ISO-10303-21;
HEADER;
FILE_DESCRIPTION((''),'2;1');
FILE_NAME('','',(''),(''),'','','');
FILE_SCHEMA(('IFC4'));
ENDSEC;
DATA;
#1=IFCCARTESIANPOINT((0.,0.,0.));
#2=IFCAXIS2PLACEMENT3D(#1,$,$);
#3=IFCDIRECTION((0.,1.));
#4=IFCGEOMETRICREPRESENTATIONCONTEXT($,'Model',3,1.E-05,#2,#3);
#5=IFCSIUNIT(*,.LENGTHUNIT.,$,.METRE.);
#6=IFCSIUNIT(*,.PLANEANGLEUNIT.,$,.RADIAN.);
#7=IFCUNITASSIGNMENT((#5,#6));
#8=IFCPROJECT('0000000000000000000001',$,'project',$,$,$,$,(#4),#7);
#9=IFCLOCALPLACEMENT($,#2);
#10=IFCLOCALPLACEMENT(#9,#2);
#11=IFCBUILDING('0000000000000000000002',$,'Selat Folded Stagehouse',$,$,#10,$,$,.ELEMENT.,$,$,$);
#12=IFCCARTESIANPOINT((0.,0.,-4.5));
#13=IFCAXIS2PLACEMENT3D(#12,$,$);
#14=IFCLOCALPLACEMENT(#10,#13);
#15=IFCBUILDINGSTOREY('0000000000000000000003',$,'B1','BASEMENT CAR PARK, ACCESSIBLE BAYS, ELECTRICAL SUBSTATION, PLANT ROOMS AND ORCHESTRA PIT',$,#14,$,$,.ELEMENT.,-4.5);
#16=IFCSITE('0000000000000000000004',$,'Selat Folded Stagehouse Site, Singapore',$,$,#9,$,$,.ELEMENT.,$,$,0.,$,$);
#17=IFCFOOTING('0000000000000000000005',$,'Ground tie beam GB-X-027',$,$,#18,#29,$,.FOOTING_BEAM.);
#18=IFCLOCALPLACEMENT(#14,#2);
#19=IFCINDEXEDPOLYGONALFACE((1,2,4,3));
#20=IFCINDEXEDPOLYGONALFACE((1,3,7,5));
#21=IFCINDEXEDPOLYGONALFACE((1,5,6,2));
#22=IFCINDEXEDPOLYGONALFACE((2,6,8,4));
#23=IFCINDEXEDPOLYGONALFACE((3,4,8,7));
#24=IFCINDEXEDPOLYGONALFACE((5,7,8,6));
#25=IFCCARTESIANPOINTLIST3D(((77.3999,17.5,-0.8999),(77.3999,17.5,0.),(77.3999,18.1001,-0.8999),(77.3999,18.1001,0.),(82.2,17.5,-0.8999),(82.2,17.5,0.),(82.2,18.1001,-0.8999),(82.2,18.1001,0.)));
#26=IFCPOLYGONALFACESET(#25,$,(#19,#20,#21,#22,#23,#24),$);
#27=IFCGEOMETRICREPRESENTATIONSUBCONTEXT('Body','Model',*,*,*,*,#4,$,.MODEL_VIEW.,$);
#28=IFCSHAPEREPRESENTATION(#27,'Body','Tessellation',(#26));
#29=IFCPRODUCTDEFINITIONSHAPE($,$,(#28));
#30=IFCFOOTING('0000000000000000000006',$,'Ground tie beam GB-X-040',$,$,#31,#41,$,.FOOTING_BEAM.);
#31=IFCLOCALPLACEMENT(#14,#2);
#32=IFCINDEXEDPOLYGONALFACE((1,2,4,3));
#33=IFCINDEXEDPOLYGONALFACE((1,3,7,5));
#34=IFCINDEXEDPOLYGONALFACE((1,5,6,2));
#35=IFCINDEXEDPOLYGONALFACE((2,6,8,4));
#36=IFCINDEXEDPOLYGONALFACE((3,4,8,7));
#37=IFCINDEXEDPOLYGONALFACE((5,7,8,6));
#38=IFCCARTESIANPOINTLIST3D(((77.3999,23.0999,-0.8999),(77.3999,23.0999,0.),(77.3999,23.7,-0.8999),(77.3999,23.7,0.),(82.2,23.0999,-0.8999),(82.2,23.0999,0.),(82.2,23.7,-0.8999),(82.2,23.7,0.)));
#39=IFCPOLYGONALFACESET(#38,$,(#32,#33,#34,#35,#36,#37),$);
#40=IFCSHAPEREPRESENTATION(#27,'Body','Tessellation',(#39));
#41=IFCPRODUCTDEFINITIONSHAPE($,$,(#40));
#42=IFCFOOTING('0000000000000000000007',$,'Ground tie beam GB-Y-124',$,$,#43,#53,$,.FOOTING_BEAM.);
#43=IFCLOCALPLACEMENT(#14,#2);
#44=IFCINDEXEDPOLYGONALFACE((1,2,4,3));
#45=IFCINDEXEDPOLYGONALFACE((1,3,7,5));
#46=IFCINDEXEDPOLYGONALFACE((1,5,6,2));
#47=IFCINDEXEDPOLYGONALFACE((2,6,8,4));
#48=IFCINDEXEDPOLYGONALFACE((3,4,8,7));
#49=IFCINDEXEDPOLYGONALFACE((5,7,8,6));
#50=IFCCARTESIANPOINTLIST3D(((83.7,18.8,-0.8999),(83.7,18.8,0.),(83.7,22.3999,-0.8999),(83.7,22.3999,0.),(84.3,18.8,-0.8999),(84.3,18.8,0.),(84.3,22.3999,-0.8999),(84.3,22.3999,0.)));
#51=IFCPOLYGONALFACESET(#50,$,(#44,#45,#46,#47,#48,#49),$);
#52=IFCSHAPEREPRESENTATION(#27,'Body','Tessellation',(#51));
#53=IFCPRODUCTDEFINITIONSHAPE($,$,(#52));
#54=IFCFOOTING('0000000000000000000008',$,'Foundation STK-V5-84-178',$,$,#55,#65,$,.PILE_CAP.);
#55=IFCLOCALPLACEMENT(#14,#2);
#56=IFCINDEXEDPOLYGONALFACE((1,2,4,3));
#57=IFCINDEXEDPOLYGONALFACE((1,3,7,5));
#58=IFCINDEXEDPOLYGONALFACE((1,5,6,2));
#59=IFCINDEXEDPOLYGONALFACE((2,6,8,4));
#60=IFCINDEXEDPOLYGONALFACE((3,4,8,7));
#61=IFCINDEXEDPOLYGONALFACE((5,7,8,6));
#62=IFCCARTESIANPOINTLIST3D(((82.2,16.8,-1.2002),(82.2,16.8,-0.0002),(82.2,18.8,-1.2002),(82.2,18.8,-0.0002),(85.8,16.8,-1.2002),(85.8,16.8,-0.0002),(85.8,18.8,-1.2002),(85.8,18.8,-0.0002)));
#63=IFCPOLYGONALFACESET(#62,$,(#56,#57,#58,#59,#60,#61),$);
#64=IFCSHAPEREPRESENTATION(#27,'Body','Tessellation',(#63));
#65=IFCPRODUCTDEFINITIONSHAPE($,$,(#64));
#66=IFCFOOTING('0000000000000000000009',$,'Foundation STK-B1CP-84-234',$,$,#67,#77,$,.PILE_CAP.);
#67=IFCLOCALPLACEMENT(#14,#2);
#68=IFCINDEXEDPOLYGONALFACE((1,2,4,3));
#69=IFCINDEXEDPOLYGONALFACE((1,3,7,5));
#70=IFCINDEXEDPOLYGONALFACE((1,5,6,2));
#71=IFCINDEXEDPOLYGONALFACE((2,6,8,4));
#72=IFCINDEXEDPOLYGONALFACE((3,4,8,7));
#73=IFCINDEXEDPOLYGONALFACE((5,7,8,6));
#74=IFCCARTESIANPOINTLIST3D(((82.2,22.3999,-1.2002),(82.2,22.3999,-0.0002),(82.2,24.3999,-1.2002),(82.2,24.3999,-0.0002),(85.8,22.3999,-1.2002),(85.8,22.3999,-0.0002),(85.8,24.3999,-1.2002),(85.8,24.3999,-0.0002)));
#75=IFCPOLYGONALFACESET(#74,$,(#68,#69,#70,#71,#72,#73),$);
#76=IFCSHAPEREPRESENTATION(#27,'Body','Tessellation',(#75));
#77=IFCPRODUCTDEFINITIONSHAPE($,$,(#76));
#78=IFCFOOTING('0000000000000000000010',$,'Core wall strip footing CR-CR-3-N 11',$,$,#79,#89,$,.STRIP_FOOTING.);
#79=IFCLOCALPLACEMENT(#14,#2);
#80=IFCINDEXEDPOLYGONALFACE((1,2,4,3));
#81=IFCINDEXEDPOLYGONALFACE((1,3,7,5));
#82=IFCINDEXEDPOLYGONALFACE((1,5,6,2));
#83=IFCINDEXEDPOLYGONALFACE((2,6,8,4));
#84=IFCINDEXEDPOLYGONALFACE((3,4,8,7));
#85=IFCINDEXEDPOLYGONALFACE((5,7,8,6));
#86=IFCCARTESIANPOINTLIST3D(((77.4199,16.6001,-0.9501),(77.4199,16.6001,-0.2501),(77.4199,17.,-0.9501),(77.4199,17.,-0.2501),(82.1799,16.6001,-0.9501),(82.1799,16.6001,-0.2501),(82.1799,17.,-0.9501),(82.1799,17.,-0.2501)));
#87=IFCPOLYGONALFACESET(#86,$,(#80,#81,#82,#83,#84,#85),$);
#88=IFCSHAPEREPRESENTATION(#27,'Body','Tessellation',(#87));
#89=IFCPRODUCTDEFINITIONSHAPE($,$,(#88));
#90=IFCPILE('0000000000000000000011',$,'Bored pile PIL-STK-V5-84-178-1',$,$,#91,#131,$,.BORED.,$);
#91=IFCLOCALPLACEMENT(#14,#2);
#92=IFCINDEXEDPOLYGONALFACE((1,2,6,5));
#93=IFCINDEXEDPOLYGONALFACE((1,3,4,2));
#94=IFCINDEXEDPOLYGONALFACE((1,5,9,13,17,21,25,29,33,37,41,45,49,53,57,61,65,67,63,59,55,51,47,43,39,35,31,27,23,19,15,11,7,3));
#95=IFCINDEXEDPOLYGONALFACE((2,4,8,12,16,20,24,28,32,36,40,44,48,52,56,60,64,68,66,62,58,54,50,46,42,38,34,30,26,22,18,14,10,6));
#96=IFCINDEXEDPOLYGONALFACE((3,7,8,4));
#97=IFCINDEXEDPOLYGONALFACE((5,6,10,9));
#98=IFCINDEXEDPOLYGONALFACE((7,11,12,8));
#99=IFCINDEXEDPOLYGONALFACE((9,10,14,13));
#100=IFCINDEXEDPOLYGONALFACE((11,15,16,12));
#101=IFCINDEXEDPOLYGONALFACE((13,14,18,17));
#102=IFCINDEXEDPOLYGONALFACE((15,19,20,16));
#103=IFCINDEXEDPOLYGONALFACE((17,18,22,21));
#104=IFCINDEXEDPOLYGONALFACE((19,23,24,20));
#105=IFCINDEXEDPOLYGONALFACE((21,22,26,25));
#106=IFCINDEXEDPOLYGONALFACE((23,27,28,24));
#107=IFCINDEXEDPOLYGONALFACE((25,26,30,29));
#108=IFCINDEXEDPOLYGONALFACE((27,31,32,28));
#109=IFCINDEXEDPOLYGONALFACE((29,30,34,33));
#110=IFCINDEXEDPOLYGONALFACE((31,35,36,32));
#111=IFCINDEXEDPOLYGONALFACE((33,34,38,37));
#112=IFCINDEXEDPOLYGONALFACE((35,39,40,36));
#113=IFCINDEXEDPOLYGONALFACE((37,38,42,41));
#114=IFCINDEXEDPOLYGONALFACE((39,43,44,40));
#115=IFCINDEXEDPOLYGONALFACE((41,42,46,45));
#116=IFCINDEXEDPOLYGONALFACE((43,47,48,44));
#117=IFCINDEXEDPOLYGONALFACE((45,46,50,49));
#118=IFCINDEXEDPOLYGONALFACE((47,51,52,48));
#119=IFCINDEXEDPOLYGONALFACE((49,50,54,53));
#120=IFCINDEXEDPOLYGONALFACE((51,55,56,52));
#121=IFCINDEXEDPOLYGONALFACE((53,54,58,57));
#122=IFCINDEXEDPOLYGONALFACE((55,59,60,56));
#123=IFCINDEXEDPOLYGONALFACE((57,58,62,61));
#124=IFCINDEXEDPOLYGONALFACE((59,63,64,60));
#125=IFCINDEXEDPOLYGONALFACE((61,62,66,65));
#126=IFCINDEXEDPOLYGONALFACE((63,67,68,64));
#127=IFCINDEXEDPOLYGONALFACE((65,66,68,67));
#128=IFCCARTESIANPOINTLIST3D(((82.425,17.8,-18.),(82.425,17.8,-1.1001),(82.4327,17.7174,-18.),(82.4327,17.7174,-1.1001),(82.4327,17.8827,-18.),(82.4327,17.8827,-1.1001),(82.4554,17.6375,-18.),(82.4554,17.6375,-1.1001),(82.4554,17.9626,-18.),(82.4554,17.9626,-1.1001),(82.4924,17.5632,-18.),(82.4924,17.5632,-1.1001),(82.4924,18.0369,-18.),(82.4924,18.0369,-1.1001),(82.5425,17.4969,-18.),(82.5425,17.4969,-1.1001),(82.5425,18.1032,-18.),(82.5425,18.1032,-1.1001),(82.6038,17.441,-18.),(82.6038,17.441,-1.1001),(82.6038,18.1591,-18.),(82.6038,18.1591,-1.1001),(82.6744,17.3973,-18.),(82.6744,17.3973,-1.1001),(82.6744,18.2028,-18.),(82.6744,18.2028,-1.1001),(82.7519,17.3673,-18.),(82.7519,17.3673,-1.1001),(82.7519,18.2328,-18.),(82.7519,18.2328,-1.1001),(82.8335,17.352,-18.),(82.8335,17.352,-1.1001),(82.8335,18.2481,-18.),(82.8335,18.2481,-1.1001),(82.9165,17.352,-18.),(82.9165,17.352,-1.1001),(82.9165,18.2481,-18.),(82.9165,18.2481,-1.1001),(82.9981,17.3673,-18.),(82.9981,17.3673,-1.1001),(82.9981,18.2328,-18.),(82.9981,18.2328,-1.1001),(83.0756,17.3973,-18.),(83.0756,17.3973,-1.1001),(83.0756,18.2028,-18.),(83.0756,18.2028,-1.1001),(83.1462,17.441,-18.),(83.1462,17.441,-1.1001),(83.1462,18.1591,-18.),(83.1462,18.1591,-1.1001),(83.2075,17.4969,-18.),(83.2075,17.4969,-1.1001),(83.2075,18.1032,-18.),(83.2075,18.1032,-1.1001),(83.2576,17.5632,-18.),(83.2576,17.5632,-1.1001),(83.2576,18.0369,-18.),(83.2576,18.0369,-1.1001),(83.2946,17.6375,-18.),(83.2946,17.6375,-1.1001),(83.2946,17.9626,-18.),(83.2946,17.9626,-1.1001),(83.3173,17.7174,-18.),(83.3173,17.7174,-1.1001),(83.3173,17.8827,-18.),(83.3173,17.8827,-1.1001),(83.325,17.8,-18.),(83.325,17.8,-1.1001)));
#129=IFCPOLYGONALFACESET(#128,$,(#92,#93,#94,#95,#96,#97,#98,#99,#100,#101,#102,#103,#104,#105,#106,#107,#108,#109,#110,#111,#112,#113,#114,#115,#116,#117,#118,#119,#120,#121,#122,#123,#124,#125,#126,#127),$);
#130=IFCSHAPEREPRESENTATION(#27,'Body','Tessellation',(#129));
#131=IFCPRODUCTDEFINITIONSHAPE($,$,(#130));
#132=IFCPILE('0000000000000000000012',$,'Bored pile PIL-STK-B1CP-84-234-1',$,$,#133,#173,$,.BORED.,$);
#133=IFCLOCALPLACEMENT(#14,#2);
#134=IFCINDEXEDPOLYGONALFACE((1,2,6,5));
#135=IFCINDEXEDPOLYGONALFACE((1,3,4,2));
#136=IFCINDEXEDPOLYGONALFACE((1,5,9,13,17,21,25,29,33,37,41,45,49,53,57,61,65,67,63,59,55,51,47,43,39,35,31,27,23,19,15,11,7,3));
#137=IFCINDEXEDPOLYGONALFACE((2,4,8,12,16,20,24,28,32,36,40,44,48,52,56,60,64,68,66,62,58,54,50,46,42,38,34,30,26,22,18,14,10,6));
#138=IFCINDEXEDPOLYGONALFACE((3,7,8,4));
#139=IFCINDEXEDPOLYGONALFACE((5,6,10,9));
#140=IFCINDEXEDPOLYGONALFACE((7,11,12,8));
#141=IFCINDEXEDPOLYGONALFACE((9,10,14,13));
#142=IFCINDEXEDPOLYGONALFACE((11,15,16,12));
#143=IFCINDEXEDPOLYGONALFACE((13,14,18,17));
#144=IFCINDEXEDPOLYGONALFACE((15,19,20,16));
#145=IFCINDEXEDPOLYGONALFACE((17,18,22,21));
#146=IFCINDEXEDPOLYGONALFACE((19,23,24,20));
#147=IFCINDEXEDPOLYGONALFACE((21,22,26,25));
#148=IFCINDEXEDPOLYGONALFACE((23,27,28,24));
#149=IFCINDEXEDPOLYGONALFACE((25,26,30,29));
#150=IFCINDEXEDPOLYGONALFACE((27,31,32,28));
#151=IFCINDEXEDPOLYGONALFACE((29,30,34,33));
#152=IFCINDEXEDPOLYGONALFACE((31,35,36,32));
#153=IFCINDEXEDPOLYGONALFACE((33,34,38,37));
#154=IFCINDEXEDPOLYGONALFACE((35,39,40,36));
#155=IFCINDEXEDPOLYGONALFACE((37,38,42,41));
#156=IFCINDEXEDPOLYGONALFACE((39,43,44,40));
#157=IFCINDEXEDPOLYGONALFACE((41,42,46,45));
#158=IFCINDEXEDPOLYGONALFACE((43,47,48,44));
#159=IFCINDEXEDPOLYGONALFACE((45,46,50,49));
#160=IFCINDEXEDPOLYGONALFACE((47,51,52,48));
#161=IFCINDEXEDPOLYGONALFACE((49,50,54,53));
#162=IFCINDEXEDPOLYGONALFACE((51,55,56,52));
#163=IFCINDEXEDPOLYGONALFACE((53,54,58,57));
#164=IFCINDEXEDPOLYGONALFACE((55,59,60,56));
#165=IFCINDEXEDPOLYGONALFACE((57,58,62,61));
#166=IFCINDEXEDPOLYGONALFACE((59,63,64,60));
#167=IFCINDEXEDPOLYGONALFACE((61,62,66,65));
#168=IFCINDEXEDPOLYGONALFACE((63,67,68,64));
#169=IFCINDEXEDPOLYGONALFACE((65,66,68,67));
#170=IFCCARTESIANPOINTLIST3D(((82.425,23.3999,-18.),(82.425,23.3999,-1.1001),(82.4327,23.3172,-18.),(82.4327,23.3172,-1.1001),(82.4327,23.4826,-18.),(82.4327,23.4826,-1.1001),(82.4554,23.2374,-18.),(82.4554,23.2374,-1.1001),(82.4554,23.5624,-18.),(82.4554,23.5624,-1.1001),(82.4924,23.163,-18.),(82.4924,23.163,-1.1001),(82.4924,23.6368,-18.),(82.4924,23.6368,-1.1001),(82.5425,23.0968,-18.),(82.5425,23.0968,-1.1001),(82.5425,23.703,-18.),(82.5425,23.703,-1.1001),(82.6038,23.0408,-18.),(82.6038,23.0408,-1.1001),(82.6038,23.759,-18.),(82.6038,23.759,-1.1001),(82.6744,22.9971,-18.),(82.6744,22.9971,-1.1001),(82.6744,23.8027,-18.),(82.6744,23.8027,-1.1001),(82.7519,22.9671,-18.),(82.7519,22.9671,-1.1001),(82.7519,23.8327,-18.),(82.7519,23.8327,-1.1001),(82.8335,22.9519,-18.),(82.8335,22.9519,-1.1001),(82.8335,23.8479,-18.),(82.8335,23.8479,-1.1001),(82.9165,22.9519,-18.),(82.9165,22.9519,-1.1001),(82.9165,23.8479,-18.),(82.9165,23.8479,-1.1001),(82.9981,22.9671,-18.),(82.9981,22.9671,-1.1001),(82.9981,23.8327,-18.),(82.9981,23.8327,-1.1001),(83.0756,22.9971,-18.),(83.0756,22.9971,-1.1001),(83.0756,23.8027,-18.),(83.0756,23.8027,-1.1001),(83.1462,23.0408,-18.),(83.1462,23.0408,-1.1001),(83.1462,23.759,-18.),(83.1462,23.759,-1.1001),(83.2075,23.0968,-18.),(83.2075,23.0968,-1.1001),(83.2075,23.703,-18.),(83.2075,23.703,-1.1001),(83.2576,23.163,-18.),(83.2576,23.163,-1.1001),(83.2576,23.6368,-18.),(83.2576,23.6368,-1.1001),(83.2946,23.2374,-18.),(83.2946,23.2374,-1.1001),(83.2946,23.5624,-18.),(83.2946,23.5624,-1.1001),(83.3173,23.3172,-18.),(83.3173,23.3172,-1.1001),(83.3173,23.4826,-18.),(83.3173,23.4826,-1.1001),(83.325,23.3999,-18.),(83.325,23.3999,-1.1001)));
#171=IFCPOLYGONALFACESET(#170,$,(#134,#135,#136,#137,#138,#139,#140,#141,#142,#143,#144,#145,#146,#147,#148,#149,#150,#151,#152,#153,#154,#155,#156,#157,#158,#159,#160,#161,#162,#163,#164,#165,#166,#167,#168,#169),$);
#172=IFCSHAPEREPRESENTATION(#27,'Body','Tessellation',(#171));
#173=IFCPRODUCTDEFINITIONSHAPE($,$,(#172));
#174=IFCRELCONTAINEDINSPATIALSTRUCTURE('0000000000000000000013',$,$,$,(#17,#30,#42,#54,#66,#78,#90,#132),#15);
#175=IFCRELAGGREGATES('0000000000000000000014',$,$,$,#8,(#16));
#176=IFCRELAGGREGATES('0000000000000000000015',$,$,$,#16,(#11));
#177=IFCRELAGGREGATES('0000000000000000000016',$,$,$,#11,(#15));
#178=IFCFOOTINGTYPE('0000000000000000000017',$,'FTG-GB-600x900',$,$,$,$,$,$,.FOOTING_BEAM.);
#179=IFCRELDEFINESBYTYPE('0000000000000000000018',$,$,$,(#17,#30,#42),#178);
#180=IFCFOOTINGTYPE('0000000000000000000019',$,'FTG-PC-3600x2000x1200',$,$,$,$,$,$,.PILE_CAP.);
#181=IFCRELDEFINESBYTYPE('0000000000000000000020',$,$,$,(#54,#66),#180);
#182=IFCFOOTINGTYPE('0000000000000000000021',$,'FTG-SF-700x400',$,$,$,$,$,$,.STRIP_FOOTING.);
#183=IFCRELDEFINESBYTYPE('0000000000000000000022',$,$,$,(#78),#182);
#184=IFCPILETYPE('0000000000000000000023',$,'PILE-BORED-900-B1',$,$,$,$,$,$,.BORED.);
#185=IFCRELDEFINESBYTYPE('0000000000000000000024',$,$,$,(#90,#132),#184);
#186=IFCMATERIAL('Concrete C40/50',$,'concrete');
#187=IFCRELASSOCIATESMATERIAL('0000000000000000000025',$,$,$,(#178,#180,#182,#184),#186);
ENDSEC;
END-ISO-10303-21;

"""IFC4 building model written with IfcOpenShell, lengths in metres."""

from ifc_helpers import new_model, si_unit, direction, frame, origin, origin_2d, place, context, subcontext, project, spatial, rectangle, circle, extrude, material, material_profile, profile_set, type_object, element, save


model = new_model("IFC4")

# Units and contexts
model_context = context("Model", 3, precision=1e-05, world=origin(), true_north=direction((0.0, 1.0)))
body_context = subcontext(model_context, "Body", "Model", "MODEL_VIEW")
ifc_project = project(units=[si_unit("LENGTHUNIT", "METRE"), si_unit("PLANEANGLEUNIT", "RADIAN")], contexts=[model_context])

# Site, building, storey
site_placement = place(None, origin())
site = spatial("IfcSite", under=ifc_project, at=site_placement, Name="Selat Folded Stagehouse Site, Singapore", CompositionType="ELEMENT", RefElevation=0.0)
building_placement = place(site_placement, origin())
building = spatial("IfcBuilding", under=site, at=building_placement, Name="Selat Folded Stagehouse", CompositionType="ELEMENT")
storey_placement = place(building_placement, frame((0.0, 0.0, -4.5)))
storey = spatial("IfcBuildingStorey", under=building, at=storey_placement, Name="B1", Description="BASEMENT CAR PARK, ACCESSIBLE BAYS, ELECTRICAL SUBSTATION, PLANT ROOMS AND ORCHESTRA PIT", CompositionType="ELEMENT", Elevation=-4.5)

# Footings
ifc_material_1 = material(Name="Concrete C40/50", Category="concrete")
ifc_material_profile_1 = material_profile(ifc_material_1, rectangle(XDim=0.6001, YDim=0.8999, at=origin_2d()), Name="RC 900x600")
ifc_profile_set_1 = profile_set([ifc_material_profile_1], Name="Concrete C40/50")
footing_type_1 = type_object("IfcFootingType", Name="FTG-GB-600x900", PredefinedType="FOOTING_BEAM", material=ifc_profile_set_1)
for number, where, z_axis, x_axis, name in (
    (1, (77.3999, 17.8, -0.45), (1.0, 0.0, 0.0), (0.0, 1.0, 0.0), "Ground tie beam GB-X-027"),
    (2, (77.3999, 23.3999, -0.45), (1.0, 0.0, 0.0), (0.0, 1.0, 0.0), "Ground tie beam GB-X-040"),
):
    element("IfcFooting", number, at=place(storey_placement, frame(where, z_axis=z_axis, x_axis=x_axis)), inside=storey, type_object=footing_type_1, Name=name, PredefinedType="FOOTING_BEAM", context=body_context, shape_type="SweptSolid", body=[
        extrude(rectangle(XDim=0.6001, YDim=0.8999, at=origin_2d()), origin(), (0.0, 0.0, 1.0), 4.8),
    ])
footing_1_placement = place(storey_placement, frame((84.0, 18.8, -0.45), z_axis=(0.0, 1.0, 0.0), x_axis=(-1.0, 0.0, 0.0)))
element("IfcFooting", 3, at=footing_1_placement, inside=storey, type_object=footing_type_1, Name="Ground tie beam GB-Y-124", PredefinedType="FOOTING_BEAM", context=body_context, shape_type="SweptSolid", body=[
    extrude(rectangle(XDim=0.6001, YDim=0.8999, at=origin_2d()), origin(), (0.0, 0.0, 1.0), 3.5999),
])
footing_type_2 = type_object("IfcFootingType", Name="FTG-PC-3600x2000x1200", PredefinedType="PILE_CAP", material=ifc_material_1)
for number, where, z_axis, x_axis, name in (
    (4, (84.0, 17.8, -1.2002), (0.0, 0.0, 1.0), (1.0, 0.0, 0.0), "Foundation STK-V5-84-178"),
    (5, (84.0, 23.3999, -1.2002), (0.0, 0.0, 1.0), (1.0, 0.0, 0.0), "Foundation STK-B1CP-84-234"),
):
    element("IfcFooting", number, at=place(storey_placement, frame(where, z_axis=z_axis, x_axis=x_axis)), inside=storey, type_object=footing_type_2, Name=name, PredefinedType="PILE_CAP", context=body_context, shape_type="SweptSolid", body=[
        extrude(rectangle(XDim=3.6001, YDim=2.0, at=origin_2d()), origin(), (0.0, 0.0, 1.0), 1.2),
    ])
ifc_material_profile_2 = material_profile(ifc_material_1, rectangle(XDim=0.3999, YDim=0.7, at=origin_2d()), Name="RC 700x400")
ifc_profile_set_2 = profile_set([ifc_material_profile_2], Name="Concrete C40/50")
footing_type_3 = type_object("IfcFootingType", Name="FTG-SF-700x400", PredefinedType="STRIP_FOOTING", material=ifc_profile_set_2)
footing_2_placement = place(storey_placement, frame((77.4199, 16.8, -0.6001), z_axis=(1.0, 0.0, 0.0), x_axis=(0.0, 1.0, 0.0)))
element("IfcFooting", 6, at=footing_2_placement, inside=storey, type_object=footing_type_3, Name="Core wall strip footing CR-CR-3-N 11", PredefinedType="STRIP_FOOTING", context=body_context, shape_type="SweptSolid", body=[
    extrude(rectangle(XDim=0.3999, YDim=0.7, at=origin_2d()), origin(), (0.0, 0.0, 1.0), 4.76),
])

# Piles
ifc_material_profile_3 = material_profile(ifc_material_1, circle(Radius=0.45, at=origin_2d()), Name="PILE D900")
ifc_profile_set_3 = profile_set([ifc_material_profile_3], Name="Concrete C40/50")
pile_type = type_object("IfcPileType", Name="PILE-BORED-900-B1", PredefinedType="BORED", material=ifc_profile_set_3)
for number, where, z_axis, x_axis, name in (
    (7, (82.875, 17.8, -1.1001), (0.0, 0.0, -1.0), (1.0, 0.0, 0.0), "Bored pile PIL-STK-V5-84-178-1"),
    (8, (82.875, 23.3999, -1.1001), (0.0, 0.0, -1.0), (1.0, 0.0, 0.0), "Bored pile PIL-STK-B1CP-84-234-1"),
):
    element("IfcPile", number, at=place(storey_placement, frame(where, z_axis=z_axis, x_axis=x_axis)), inside=storey, type_object=pile_type, Name=name, PredefinedType="BORED", context=body_context, shape_type="SweptSolid", body=[
        extrude(circle(Radius=0.45, at=origin_2d()), origin(), (0.0, 0.0, 1.0), 16.8999),
    ])

save(model, "model.ifc")
